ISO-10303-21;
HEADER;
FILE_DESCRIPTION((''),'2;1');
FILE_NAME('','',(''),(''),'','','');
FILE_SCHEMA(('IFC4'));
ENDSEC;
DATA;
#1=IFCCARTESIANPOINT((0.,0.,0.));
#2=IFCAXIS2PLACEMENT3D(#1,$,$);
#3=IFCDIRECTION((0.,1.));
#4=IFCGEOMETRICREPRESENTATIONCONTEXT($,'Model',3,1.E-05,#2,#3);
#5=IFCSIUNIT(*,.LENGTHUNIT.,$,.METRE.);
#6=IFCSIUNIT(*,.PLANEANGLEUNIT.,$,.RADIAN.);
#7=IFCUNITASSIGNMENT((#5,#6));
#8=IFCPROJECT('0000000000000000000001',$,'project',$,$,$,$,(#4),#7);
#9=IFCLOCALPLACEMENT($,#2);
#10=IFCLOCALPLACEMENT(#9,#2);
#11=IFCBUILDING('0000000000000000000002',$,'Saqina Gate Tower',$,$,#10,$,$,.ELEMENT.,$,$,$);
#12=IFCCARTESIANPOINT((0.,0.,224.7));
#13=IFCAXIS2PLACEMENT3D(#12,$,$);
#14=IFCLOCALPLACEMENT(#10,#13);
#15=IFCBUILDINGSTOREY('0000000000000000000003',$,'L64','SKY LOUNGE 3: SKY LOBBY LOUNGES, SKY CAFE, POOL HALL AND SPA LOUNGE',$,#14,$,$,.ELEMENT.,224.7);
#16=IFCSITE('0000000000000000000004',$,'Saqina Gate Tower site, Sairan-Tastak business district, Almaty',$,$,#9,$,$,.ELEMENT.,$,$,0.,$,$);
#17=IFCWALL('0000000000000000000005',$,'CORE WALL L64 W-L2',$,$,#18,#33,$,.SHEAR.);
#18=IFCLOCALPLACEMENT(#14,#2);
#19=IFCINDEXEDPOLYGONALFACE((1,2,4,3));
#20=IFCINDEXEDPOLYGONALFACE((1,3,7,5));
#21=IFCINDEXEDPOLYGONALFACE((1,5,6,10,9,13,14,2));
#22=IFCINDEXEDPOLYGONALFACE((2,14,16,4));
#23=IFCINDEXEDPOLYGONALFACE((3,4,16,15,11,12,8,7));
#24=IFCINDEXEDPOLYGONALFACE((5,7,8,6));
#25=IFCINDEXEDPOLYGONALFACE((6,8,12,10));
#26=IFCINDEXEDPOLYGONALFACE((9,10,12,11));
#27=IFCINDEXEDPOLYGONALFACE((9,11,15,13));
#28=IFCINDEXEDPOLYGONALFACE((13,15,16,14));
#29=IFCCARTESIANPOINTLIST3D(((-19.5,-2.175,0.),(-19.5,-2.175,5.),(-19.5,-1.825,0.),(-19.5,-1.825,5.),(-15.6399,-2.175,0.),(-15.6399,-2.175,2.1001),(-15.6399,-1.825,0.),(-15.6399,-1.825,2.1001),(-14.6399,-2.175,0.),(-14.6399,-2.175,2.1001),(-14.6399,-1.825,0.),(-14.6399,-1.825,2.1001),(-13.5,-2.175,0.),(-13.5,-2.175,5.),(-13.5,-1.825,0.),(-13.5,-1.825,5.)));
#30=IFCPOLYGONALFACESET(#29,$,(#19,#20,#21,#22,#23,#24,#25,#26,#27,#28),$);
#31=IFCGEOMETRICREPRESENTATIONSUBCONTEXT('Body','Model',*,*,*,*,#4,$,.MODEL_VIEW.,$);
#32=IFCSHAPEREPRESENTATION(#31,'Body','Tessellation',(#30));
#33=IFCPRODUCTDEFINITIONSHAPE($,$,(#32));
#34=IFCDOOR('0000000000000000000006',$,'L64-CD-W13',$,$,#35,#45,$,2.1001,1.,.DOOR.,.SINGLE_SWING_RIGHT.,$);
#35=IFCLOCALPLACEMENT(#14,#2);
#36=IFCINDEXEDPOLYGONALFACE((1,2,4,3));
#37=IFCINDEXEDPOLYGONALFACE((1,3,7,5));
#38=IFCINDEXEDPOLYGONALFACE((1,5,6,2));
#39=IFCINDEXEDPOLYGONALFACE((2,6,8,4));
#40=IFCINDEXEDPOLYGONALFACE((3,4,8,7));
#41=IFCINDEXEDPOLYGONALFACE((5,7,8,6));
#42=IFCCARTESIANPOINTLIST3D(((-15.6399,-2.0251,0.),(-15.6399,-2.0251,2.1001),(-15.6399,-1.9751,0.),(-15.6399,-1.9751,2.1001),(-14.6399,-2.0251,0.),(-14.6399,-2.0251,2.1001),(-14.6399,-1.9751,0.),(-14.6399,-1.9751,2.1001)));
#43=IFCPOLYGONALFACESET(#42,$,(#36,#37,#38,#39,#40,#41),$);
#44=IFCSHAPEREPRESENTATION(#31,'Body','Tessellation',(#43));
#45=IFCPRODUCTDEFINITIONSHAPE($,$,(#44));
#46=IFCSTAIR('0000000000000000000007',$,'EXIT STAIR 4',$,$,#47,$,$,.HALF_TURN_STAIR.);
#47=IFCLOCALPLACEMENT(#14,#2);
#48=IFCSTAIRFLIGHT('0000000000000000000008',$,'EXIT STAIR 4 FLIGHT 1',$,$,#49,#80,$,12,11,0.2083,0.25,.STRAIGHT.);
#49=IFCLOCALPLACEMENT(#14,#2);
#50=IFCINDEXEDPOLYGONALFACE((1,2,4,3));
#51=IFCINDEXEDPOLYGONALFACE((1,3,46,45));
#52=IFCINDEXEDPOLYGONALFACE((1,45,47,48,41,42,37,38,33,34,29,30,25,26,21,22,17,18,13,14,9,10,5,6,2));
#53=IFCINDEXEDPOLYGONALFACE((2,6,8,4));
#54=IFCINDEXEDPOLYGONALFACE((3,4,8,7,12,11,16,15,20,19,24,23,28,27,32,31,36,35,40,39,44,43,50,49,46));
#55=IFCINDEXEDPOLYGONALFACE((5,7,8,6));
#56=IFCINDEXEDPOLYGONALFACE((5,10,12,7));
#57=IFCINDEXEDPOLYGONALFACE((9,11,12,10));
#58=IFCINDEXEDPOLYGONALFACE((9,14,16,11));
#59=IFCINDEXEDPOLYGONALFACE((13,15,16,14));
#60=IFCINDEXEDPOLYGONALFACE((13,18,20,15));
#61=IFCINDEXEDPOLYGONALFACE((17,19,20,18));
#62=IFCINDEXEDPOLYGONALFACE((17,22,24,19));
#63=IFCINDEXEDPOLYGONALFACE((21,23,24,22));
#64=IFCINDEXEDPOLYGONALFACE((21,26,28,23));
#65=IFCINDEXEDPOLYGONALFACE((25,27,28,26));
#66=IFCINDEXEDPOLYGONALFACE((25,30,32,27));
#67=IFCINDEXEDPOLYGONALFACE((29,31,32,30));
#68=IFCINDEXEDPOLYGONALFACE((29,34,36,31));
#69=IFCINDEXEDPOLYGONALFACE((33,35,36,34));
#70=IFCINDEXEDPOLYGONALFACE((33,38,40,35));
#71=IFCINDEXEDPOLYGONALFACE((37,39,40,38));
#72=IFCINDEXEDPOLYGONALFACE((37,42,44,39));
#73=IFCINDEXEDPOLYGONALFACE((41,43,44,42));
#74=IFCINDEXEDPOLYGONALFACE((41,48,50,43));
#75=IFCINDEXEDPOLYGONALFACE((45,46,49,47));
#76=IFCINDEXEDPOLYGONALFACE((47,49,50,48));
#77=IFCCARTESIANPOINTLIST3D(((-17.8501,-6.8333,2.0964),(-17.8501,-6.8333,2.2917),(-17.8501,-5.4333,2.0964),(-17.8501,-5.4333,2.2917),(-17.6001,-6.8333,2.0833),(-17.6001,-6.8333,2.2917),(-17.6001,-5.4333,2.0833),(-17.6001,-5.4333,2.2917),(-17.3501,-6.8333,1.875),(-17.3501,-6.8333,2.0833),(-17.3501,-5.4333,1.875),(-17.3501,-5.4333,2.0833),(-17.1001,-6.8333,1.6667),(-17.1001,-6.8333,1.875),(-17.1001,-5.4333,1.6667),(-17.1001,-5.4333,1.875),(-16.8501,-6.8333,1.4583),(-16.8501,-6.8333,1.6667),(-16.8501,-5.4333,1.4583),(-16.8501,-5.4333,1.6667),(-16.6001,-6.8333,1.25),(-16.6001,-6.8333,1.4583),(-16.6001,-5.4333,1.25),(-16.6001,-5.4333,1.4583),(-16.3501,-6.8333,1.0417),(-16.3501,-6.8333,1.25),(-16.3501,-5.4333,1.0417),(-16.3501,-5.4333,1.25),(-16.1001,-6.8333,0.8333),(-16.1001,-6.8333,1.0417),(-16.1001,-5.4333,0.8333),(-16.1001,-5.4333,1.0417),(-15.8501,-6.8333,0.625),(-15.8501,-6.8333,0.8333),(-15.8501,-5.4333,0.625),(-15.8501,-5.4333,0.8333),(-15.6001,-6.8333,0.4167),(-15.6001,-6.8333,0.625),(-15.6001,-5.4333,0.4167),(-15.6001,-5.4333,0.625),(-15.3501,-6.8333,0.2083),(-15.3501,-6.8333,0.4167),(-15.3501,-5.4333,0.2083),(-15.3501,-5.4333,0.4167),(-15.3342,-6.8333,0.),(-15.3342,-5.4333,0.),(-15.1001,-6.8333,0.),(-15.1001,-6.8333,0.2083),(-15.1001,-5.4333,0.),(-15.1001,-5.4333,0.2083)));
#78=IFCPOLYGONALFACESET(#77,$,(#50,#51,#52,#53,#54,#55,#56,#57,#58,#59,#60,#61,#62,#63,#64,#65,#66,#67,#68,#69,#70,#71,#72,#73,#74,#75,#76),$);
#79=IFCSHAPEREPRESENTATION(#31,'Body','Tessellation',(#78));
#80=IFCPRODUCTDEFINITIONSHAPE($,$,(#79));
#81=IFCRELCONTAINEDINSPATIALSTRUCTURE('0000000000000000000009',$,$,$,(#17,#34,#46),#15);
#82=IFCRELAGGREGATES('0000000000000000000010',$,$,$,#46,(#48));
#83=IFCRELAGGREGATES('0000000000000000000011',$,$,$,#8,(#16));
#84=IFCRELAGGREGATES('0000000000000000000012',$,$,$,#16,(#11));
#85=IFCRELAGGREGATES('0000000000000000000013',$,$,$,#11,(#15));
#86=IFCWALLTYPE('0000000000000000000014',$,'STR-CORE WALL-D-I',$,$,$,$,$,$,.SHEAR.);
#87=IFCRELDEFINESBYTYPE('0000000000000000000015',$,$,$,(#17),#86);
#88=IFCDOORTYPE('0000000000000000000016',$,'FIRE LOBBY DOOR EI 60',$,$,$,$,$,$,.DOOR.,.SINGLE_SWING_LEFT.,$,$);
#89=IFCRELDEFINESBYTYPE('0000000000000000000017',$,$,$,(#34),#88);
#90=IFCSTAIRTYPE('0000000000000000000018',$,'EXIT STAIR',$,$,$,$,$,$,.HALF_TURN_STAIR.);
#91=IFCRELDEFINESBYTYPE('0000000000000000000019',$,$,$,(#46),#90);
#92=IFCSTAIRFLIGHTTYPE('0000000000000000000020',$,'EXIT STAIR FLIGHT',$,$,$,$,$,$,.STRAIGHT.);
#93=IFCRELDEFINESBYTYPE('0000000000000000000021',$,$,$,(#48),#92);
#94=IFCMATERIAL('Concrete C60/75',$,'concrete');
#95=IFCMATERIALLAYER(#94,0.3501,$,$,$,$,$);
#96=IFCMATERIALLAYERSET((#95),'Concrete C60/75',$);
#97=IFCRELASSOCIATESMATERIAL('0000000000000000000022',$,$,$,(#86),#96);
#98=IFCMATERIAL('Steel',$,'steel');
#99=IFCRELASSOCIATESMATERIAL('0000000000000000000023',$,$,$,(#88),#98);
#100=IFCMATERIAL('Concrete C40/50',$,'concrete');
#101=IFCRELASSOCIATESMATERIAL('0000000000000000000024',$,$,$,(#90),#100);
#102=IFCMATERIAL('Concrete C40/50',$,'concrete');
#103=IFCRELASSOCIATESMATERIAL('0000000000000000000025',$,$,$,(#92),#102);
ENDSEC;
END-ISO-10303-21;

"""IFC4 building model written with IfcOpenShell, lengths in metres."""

from ifc_helpers import new_model, si_unit, direction, frame, frame_2d, origin, place, context, subcontext, project, spatial, polyline, rectangle, outline, extrude, material, layer, layer_set, type_object, element, fill, aggregate, save


model = new_model("IFC4")

# Units and contexts
model_context = context("Model", 3, precision=1e-05, world=origin(), true_north=direction((0.0, 1.0)))
body_context = subcontext(model_context, "Body", "Model", "MODEL_VIEW")
ifc_project = project(units=[si_unit("LENGTHUNIT", "METRE"), si_unit("PLANEANGLEUNIT", "RADIAN")], contexts=[model_context])

# Site, building, storey
site_placement = place(None, origin())
site = spatial("IfcSite", under=ifc_project, at=site_placement, Name="Saqina Gate Tower site, Sairan-Tastak business district, Almaty", CompositionType="ELEMENT", RefElevation=0.0)
building_placement = place(site_placement, origin())
building = spatial("IfcBuilding", under=site, at=building_placement, Name="Saqina Gate Tower", CompositionType="ELEMENT")
storey_placement = place(building_placement, frame((0.0, 0.0, 224.7)))
storey = spatial("IfcBuildingStorey", under=building, at=storey_placement, Name="L64", Description="SKY LOUNGE 3: SKY LOBBY LOUNGES, SKY CAFE, POOL HALL AND SPA LOUNGE", CompositionType="ELEMENT", Elevation=224.7)

# Wall, opening, door
ifc_material_1 = material(Name="Concrete C60/75", Category="concrete")
ifc_layer_1 = layer(ifc_material_1, 0.3501)
ifc_layer_set_1 = layer_set([ifc_layer_1], Name="Concrete C60/75")
wall_type_1 = type_object("IfcWallType", Name="STR-CORE WALL-D-I", PredefinedType="SHEAR", material=ifc_layer_set_1)
wall_1_placement = place(storey_placement, frame((-13.5, -2.0, 0.0), z_axis=(0.0, 0.0, 1.0), x_axis=(-1.0, 0.0, 0.0)))
wall_1 = element("IfcWall", 1, at=wall_1_placement, inside=storey, type_object=wall_type_1, Name="CORE WALL L64 W-L2", PredefinedType="SHEAR", context=body_context, shape_type="SweptSolid", body=[
    extrude(rectangle(XDim=6.0, YDim=0.3501, at=frame_2d((3.0, 0.0))), origin(), (0.0, 0.0, 1.0), 5.0),
])
opening_1_placement = place(wall_1_placement, frame((1.1399, 0.0, 0.0)))
opening_1 = element("IfcOpeningElement", 2, at=opening_1_placement, cuts=wall_1, PredefinedType="OPENING", context=body_context, shape_type="SweptSolid", body=[
    extrude(rectangle(XDim=1.0, YDim=2.1001, at=frame_2d((0.5, 1.05))), frame((0.0, 0.187, 0.0), z_axis=(0.0, -1.0, 0.0), x_axis=(1.0, 0.0, 0.0)), (0.0, 0.0, 1.0), 0.374),
])
ifc_material_2 = material(Name="Steel", Category="steel")
door_type_1 = type_object("IfcDoorType", Name="FIRE LOBBY DOOR EI 60", OperationType="SINGLE_SWING_LEFT", PredefinedType="DOOR", material=ifc_material_2)
door_1_placement = place(opening_1_placement, frame((1.0, 0.0, 0.0), z_axis=(0.0, 0.0, 1.0), x_axis=(-1.0, 0.0, 0.0)))
door_1 = element("IfcDoor", 3, at=door_1_placement, inside=storey, type_object=door_type_1, Name="L64-CD-W13", OperationType="SINGLE_SWING_RIGHT", OverallHeight=2.1001, OverallWidth=1.0, PredefinedType="DOOR", context=body_context, shape_type="SweptSolid", body=[
    extrude(rectangle(XDim=1.0, YDim=2.1001, at=frame_2d((0.5, 1.05))), frame((0.0, 0.0249, 0.0), z_axis=(0.0, -1.0, 0.0), x_axis=(1.0, 0.0, 0.0)), (0.0, 0.0, 1.0), 0.05),
])
fill(opening_1, door_1)

# Stair, stair flight
ifc_material_3 = material(Name="Concrete C40/50", Category="concrete")
stair_type = type_object("IfcStairType", Name="EXIT STAIR", PredefinedType="HALF_TURN_STAIR", material=ifc_material_3)
stair_placement = place(storey_placement, origin())
stair = element("IfcStair", 4, at=stair_placement, inside=storey, type_object=stair_type, Name="EXIT STAIR 4", PredefinedType="HALF_TURN_STAIR")
ifc_material_4 = material(Name="Concrete C40/50", Category="concrete")
stair_flight_type = type_object("IfcStairFlightType", Name="EXIT STAIR FLIGHT", PredefinedType="STRAIGHT", material=ifc_material_4)
stair_flight_placement = place(storey_placement, frame((-15.1001, -6.1333, 0.0), z_axis=(0.0, 0.0, 1.0), x_axis=(-1.0, 0.0, 0.0)))
stair_flight = element("IfcStairFlight", 5, at=stair_flight_placement, type_object=stair_flight_type, Name="EXIT STAIR 4 FLIGHT 1", NumberOfRisers=12, NumberOfTreads=11, PredefinedType="STRAIGHT", RiserHeight=0.2083, TreadLength=0.25, context=body_context, shape_type="SweptSolid", body=[
    extrude(outline(polyline([(0.0, 0.0), (0.0, 0.2083), (0.25, 0.2083), (0.25, 0.4167), (0.5, 0.4167), (0.5, 0.625), (0.75, 0.625), (0.75, 0.8333), (1.0, 0.8333), (1.0, 1.0417), (1.25, 1.0417), (1.25, 1.25), (1.5, 1.25), (1.5, 1.4583), (1.75, 1.4583), (1.75, 1.6667), (2.0, 1.6667), (2.0, 1.875), (2.25, 1.875), (2.25, 2.0833), (2.5, 2.0833), (2.5, 2.2917), (2.75, 2.2917), (2.75, 2.5), (2.75, 2.0964), (0.2341, 0.0), (0.0, 0.0)])), frame((0.0, 0.7, 0.0), z_axis=(0.0, -1.0, 0.0), x_axis=(1.0, 0.0, 0.0)), (0.0, 0.0, 1.0), 1.3999),
])
aggregate(stair, [stair_flight])

save(model, "model.ifc")
